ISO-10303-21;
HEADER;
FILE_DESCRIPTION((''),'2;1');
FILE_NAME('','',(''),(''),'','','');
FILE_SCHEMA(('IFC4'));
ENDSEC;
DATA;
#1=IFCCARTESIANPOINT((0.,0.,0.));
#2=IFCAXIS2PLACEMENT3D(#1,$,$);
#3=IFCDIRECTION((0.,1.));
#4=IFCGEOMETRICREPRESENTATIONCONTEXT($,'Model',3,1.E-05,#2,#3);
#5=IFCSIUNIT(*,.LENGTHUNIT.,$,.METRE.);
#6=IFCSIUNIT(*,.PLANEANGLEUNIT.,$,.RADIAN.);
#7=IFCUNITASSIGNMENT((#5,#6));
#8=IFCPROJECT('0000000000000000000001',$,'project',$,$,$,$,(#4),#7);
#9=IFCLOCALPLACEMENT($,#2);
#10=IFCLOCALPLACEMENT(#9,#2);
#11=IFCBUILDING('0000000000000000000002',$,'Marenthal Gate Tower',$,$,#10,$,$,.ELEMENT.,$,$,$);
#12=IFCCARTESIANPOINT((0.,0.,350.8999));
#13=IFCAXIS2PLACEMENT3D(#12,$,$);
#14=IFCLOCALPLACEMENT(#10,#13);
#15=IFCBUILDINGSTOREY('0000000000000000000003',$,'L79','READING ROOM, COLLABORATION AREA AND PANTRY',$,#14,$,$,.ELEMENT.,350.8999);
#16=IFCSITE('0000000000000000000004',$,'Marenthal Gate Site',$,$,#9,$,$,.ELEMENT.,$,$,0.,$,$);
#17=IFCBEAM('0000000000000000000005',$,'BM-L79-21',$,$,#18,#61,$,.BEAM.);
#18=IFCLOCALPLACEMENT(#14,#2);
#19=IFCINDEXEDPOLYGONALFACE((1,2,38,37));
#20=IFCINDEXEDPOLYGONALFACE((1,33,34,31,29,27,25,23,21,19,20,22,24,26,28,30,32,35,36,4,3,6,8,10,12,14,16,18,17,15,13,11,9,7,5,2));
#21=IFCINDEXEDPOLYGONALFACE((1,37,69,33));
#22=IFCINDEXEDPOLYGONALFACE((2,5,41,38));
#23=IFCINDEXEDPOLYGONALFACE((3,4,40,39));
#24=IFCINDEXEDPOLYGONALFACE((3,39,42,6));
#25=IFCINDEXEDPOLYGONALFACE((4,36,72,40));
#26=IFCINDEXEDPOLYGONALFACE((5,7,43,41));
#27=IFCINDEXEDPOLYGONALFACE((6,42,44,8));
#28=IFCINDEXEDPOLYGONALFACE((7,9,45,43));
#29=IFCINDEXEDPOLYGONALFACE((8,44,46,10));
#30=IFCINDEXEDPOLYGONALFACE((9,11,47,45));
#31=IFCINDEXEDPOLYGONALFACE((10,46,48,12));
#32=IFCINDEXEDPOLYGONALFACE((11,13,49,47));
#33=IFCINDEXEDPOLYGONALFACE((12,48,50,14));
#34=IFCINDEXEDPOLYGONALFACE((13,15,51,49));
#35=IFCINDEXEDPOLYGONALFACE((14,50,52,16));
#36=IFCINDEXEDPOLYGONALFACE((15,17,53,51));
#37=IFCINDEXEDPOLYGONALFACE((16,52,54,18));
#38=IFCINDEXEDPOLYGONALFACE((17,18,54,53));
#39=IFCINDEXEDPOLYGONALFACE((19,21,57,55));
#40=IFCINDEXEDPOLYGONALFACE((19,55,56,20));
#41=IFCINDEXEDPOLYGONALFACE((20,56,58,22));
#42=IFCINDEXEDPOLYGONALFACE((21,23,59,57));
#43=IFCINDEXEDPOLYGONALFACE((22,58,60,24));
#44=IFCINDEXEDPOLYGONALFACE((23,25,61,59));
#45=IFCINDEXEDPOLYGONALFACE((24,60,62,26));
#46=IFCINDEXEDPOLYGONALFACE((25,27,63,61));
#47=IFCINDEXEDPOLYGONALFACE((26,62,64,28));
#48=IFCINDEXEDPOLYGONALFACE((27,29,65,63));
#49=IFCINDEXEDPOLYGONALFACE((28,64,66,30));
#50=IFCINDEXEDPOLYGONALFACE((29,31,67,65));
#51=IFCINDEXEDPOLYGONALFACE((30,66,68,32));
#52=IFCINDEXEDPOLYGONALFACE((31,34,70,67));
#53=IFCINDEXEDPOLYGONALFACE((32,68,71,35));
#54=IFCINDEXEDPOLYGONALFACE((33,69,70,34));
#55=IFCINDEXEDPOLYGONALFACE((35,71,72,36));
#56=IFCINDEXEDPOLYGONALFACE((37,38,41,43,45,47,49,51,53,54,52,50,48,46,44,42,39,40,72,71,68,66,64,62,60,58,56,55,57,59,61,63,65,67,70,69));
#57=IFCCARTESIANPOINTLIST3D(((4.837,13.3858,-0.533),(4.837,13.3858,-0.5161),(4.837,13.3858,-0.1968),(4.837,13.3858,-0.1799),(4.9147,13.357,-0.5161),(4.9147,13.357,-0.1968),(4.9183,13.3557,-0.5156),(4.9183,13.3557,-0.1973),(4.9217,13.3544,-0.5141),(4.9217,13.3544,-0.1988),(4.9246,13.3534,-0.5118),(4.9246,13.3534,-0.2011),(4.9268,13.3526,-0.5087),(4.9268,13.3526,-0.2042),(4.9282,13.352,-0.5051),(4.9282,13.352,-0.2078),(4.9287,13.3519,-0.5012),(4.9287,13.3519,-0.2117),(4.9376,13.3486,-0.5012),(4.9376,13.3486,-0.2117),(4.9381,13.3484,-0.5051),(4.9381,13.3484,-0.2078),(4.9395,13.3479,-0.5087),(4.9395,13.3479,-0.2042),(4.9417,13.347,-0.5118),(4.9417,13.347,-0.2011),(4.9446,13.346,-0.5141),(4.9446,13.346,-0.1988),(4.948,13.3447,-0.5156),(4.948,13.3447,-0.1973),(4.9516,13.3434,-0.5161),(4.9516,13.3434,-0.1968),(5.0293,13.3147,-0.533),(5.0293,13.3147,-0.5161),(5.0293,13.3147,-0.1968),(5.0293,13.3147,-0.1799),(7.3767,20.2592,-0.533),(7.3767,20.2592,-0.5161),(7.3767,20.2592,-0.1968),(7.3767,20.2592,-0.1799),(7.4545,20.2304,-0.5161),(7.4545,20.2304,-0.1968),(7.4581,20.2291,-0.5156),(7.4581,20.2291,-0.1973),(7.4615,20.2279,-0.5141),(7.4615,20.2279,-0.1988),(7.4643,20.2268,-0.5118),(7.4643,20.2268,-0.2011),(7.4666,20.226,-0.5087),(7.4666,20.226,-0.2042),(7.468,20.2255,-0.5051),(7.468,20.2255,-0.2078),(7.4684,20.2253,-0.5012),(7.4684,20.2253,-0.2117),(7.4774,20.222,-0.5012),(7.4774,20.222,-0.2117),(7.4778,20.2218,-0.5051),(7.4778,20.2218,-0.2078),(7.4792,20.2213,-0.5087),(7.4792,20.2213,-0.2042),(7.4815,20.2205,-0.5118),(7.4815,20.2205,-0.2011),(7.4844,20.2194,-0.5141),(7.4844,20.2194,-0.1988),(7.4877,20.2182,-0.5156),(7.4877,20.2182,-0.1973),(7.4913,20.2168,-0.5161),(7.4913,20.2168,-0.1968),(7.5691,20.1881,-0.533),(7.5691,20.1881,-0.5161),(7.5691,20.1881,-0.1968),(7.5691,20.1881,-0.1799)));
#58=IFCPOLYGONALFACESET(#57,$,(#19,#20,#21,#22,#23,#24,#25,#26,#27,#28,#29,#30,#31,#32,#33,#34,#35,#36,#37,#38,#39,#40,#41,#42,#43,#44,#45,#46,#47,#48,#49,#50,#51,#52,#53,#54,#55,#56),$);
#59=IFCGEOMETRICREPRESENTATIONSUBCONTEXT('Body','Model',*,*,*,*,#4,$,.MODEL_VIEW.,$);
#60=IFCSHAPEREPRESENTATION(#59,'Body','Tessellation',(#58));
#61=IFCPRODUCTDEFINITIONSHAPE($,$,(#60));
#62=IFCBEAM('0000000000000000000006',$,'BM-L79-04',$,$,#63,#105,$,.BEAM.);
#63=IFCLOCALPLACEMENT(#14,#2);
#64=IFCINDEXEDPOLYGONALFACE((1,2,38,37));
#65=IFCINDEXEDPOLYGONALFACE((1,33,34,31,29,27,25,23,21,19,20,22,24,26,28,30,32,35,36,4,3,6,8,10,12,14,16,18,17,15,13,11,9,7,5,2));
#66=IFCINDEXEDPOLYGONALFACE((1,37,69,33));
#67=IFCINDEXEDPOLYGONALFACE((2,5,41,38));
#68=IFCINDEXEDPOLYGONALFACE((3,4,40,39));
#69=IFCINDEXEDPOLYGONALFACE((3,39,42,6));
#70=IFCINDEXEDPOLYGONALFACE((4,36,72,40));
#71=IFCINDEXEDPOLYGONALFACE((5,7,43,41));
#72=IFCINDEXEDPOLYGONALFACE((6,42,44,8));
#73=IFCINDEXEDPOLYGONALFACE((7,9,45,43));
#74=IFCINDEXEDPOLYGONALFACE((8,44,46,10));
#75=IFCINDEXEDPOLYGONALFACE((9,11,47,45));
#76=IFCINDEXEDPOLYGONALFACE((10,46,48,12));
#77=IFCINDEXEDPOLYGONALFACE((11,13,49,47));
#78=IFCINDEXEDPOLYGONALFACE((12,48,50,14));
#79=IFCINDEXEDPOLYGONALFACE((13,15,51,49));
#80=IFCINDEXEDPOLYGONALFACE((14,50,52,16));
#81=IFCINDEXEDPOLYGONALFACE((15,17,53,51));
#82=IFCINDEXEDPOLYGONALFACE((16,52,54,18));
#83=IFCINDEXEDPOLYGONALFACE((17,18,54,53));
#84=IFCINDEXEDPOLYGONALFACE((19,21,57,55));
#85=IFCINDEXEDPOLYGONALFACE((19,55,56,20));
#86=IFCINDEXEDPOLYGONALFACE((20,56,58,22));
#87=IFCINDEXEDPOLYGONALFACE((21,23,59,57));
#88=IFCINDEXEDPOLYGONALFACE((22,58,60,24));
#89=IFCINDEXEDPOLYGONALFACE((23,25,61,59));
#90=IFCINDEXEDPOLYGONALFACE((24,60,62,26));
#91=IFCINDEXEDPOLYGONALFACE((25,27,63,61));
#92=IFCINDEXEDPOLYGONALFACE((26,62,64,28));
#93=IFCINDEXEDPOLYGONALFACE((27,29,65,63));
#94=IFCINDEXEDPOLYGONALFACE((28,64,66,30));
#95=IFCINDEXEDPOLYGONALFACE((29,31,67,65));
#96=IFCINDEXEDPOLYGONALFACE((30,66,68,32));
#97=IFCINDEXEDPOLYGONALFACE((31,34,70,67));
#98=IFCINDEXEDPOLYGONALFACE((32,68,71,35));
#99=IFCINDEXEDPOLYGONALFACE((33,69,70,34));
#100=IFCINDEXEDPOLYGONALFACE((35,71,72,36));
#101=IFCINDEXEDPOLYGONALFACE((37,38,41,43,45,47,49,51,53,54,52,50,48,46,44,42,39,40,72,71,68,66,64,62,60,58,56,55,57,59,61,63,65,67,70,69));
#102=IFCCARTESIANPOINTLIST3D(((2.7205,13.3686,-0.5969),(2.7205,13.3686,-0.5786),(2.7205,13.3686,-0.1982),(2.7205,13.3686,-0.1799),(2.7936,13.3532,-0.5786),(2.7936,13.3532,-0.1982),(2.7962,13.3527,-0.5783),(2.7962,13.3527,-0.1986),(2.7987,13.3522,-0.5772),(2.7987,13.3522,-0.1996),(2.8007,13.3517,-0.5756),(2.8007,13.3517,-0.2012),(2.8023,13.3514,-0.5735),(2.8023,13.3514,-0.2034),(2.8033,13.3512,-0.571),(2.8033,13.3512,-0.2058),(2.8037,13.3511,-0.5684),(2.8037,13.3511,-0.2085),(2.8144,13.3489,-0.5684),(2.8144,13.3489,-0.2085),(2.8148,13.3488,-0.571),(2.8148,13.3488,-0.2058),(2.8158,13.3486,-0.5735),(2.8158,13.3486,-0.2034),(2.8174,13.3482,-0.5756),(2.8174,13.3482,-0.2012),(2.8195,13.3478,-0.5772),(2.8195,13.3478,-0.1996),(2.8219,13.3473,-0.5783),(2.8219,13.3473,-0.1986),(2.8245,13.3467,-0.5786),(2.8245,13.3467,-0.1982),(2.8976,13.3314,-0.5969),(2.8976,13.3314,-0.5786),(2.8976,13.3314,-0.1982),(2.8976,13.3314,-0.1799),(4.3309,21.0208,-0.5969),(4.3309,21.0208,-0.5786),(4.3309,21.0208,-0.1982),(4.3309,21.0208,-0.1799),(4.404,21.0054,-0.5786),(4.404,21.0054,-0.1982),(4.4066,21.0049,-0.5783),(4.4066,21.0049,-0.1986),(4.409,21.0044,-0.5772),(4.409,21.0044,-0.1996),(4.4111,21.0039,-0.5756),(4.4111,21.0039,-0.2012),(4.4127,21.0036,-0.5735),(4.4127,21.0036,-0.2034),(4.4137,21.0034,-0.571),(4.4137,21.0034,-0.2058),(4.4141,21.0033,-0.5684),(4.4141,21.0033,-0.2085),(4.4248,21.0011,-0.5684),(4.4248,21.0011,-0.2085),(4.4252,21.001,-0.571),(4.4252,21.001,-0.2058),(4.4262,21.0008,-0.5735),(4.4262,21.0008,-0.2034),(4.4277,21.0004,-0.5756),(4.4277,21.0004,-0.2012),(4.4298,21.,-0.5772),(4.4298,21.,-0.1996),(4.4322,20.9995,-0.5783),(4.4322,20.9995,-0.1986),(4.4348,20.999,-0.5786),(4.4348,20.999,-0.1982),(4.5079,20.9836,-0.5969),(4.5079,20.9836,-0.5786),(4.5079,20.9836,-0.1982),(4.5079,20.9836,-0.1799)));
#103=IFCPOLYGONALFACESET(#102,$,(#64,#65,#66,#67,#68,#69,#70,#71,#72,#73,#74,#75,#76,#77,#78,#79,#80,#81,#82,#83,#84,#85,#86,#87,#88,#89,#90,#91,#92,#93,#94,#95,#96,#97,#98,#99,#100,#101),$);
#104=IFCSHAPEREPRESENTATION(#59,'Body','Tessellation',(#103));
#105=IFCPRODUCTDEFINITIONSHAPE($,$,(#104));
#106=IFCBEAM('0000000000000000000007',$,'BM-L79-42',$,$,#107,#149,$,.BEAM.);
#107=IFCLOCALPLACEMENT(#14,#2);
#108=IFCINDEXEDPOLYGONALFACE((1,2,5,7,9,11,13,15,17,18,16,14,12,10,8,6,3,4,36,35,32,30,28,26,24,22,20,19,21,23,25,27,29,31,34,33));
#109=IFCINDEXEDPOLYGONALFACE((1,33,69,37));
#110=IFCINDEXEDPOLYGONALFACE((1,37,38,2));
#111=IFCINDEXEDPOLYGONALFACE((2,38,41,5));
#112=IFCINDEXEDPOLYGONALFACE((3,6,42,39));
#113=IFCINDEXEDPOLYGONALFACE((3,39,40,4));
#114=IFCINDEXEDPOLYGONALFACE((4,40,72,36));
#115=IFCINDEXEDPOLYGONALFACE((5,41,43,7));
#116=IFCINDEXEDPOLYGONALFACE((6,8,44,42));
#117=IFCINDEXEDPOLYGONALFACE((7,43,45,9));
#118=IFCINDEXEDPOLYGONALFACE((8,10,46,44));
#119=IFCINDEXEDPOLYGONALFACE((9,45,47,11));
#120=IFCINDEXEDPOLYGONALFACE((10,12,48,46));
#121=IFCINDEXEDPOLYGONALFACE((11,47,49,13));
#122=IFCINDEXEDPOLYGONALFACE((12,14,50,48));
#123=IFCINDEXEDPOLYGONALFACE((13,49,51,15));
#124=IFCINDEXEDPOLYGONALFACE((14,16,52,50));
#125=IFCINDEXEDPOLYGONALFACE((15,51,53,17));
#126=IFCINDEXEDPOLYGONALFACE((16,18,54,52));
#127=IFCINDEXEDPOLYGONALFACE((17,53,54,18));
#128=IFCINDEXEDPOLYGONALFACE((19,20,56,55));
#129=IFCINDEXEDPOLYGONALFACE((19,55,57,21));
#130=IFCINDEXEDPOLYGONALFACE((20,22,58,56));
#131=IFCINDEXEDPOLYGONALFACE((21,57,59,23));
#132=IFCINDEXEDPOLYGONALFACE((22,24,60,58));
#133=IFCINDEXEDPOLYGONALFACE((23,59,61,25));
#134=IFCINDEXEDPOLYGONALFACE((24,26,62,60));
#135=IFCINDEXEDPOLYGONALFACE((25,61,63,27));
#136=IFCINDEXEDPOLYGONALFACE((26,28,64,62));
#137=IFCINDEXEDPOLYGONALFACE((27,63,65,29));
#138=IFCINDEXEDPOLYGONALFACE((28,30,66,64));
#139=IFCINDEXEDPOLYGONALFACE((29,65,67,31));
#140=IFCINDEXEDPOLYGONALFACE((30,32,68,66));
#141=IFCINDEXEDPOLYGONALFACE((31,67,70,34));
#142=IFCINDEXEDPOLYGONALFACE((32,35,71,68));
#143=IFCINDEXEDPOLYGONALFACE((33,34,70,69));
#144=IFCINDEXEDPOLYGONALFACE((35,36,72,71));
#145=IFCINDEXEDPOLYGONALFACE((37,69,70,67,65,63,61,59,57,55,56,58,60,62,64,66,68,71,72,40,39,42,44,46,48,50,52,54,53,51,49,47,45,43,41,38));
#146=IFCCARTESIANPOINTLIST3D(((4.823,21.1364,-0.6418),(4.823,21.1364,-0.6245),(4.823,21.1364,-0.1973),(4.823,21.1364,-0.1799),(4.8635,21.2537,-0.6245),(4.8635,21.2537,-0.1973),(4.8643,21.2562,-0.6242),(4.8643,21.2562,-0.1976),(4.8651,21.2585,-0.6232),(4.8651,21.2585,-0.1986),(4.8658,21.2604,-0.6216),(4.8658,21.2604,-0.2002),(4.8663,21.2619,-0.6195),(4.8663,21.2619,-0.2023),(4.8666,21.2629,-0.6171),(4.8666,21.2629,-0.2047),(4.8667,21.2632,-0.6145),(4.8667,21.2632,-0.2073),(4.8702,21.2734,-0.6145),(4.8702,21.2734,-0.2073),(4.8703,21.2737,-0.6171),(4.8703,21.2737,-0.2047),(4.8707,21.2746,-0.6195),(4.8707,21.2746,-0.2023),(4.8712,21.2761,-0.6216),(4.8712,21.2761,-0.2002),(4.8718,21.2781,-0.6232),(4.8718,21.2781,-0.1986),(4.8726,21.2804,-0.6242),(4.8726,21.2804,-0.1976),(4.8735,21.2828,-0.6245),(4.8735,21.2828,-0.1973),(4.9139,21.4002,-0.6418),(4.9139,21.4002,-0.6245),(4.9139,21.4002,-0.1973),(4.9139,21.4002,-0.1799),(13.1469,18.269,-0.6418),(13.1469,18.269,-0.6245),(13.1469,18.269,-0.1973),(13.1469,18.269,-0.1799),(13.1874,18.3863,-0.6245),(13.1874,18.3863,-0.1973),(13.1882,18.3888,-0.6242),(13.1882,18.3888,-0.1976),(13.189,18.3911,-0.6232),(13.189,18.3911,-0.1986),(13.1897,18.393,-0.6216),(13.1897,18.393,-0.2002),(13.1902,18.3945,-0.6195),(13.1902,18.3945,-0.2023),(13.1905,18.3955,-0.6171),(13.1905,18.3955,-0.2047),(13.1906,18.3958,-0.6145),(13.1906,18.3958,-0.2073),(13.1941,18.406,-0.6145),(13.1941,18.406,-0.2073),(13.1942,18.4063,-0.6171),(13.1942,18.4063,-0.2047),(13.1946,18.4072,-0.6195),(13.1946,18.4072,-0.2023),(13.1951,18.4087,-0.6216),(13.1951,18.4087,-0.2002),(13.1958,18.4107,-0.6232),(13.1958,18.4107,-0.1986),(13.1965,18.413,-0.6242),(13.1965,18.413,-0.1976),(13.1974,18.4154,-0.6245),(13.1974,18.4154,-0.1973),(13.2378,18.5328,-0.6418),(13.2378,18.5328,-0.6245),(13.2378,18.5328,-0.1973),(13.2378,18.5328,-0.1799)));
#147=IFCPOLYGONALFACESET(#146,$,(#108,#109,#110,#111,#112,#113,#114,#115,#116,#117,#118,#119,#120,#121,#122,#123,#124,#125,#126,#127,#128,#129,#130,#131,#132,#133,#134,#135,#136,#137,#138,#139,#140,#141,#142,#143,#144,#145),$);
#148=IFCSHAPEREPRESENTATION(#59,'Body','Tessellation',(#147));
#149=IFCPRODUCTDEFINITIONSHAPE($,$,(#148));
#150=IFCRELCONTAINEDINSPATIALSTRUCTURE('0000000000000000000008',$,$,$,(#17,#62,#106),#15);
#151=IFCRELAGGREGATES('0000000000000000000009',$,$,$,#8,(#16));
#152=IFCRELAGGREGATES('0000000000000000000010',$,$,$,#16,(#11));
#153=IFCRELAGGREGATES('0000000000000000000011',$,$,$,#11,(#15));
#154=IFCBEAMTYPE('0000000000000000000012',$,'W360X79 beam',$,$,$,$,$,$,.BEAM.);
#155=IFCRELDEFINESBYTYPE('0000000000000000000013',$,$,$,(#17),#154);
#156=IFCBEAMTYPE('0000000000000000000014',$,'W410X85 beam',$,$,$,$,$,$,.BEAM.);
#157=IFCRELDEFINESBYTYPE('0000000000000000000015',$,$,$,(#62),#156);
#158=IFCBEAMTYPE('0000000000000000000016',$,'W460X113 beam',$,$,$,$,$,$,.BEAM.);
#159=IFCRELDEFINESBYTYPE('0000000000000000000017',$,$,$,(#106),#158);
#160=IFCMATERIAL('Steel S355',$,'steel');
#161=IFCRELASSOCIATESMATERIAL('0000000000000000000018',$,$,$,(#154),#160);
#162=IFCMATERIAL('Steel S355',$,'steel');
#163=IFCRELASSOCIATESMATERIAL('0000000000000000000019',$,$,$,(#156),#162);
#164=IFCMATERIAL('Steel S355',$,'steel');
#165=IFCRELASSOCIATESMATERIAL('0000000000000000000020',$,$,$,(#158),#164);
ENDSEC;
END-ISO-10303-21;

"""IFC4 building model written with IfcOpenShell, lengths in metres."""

from ifc_helpers import new_model, si_unit, direction, frame, origin, origin_2d, place, context, subcontext, project, spatial, i_section, extrude, material, material_profile, profile_set, type_object, element, save


model = new_model("IFC4")

# Units and contexts
model_context = context("Model", 3, precision=1e-05, world=origin(), true_north=direction((0.0, 1.0)))
body_context = subcontext(model_context, "Body", "Model", "MODEL_VIEW")
ifc_project = project(units=[si_unit("LENGTHUNIT", "METRE"), si_unit("PLANEANGLEUNIT", "RADIAN")], contexts=[model_context])

# Site, building, storey
site_placement = place(None, origin())
site = spatial("IfcSite", under=ifc_project, at=site_placement, Name="Marenthal Gate Site", CompositionType="ELEMENT", RefElevation=0.0)
building_placement = place(site_placement, origin())
building = spatial("IfcBuilding", under=site, at=building_placement, Name="Marenthal Gate Tower", CompositionType="ELEMENT")
storey_placement = place(building_placement, frame((0.0, 0.0, 350.8999)))
storey = spatial("IfcBuildingStorey", under=building, at=storey_placement, Name="L79", Description="READING ROOM, COLLABORATION AREA AND PANTRY", CompositionType="ELEMENT", Elevation=350.8999)

# Beams
ifc_material_1 = material(Name="Steel S355", Category="steel")
ifc_material_profile_1 = material_profile(ifc_material_1, i_section(OverallWidth=0.2051, OverallDepth=0.353, WebThickness=0.0095, FlangeThickness=0.0168, FilletRadius=0.0149, at=origin_2d()), Name="W360X79")
ifc_profile_set_1 = profile_set([ifc_material_profile_1], Name="Steel S355")
beam_type_1 = type_object("IfcBeamType", Name="W360X79 beam", PredefinedType="BEAM", material=ifc_profile_set_1)
beam_1_placement = place(storey_placement, frame((7.4729, 20.2236, -0.3564), z_axis=(-0.346599, -0.938013, 0.0), x_axis=(0.938013, -0.346599, 0.0)))
element("IfcBeam", 1, at=beam_1_placement, inside=storey, type_object=beam_type_1, Name="BM-L79-21", PredefinedType="BEAM", context=body_context, shape_type="SweptSolid", body=[
    extrude(i_section(OverallWidth=0.2051, OverallDepth=0.353, WebThickness=0.0095, FlangeThickness=0.0168, FilletRadius=0.0149, at=origin_2d()), origin(), (0.0, 0.0, 1.0), 7.3276),
])
ifc_material_2 = material(Name="Steel S355", Category="steel")
ifc_material_profile_2 = material_profile(ifc_material_2, i_section(OverallWidth=0.1809, OverallDepth=0.417, WebThickness=0.011, FlangeThickness=0.0183, FilletRadius=0.0103, at=origin_2d()), Name="W410X85")
ifc_profile_set_2 = profile_set([ifc_material_profile_2], Name="Steel S355")
beam_type_2 = type_object("IfcBeamType", Name="W410X85 beam", PredefinedType="BEAM", material=ifc_profile_set_2)
beam_2_placement = place(storey_placement, frame((4.4194, 21.0022, -0.3884), z_axis=(-0.205935, -0.978566, 0.0), x_axis=(0.978566, -0.205935, 0.0)))
element("IfcBeam", 2, at=beam_2_placement, inside=storey, type_object=beam_type_2, Name="BM-L79-04", PredefinedType="BEAM", context=body_context, shape_type="SweptSolid", body=[
    extrude(i_section(OverallWidth=0.1809, OverallDepth=0.417, WebThickness=0.011, FlangeThickness=0.0183, FilletRadius=0.0103, at=origin_2d()), origin(), (0.0, 0.0, 1.0), 7.8198),
])
ifc_material_3 = material(Name="Steel S355", Category="steel")
ifc_material_profile_3 = material_profile(ifc_material_3, i_section(OverallWidth=0.2791, OverallDepth=0.4619, WebThickness=0.0107, FlangeThickness=0.0173, FilletRadius=0.01, at=origin_2d()), Name="W460X113")
ifc_profile_set_3 = profile_set([ifc_material_profile_3], Name="Steel S355")
beam_type_3 = type_object("IfcBeamType", Name="W460X113 beam", PredefinedType="BEAM", material=ifc_profile_set_3)
beam_3_placement = place(storey_placement, frame((13.1924, 18.4009, -0.4109), z_axis=(-0.945475, 0.325696, 0.0), x_axis=(-0.325696, -0.945475, 0.0)))
element("IfcBeam", 3, at=beam_3_placement, inside=storey, type_object=beam_type_3, Name="BM-L79-42", PredefinedType="BEAM", context=body_context, shape_type="SweptSolid", body=[
    extrude(i_section(OverallWidth=0.2791, OverallDepth=0.4619, WebThickness=0.0107, FlangeThickness=0.0173, FilletRadius=0.01, at=origin_2d()), origin(), (0.0, 0.0, 1.0), 8.804),
])

save(model, "model.ifc")
